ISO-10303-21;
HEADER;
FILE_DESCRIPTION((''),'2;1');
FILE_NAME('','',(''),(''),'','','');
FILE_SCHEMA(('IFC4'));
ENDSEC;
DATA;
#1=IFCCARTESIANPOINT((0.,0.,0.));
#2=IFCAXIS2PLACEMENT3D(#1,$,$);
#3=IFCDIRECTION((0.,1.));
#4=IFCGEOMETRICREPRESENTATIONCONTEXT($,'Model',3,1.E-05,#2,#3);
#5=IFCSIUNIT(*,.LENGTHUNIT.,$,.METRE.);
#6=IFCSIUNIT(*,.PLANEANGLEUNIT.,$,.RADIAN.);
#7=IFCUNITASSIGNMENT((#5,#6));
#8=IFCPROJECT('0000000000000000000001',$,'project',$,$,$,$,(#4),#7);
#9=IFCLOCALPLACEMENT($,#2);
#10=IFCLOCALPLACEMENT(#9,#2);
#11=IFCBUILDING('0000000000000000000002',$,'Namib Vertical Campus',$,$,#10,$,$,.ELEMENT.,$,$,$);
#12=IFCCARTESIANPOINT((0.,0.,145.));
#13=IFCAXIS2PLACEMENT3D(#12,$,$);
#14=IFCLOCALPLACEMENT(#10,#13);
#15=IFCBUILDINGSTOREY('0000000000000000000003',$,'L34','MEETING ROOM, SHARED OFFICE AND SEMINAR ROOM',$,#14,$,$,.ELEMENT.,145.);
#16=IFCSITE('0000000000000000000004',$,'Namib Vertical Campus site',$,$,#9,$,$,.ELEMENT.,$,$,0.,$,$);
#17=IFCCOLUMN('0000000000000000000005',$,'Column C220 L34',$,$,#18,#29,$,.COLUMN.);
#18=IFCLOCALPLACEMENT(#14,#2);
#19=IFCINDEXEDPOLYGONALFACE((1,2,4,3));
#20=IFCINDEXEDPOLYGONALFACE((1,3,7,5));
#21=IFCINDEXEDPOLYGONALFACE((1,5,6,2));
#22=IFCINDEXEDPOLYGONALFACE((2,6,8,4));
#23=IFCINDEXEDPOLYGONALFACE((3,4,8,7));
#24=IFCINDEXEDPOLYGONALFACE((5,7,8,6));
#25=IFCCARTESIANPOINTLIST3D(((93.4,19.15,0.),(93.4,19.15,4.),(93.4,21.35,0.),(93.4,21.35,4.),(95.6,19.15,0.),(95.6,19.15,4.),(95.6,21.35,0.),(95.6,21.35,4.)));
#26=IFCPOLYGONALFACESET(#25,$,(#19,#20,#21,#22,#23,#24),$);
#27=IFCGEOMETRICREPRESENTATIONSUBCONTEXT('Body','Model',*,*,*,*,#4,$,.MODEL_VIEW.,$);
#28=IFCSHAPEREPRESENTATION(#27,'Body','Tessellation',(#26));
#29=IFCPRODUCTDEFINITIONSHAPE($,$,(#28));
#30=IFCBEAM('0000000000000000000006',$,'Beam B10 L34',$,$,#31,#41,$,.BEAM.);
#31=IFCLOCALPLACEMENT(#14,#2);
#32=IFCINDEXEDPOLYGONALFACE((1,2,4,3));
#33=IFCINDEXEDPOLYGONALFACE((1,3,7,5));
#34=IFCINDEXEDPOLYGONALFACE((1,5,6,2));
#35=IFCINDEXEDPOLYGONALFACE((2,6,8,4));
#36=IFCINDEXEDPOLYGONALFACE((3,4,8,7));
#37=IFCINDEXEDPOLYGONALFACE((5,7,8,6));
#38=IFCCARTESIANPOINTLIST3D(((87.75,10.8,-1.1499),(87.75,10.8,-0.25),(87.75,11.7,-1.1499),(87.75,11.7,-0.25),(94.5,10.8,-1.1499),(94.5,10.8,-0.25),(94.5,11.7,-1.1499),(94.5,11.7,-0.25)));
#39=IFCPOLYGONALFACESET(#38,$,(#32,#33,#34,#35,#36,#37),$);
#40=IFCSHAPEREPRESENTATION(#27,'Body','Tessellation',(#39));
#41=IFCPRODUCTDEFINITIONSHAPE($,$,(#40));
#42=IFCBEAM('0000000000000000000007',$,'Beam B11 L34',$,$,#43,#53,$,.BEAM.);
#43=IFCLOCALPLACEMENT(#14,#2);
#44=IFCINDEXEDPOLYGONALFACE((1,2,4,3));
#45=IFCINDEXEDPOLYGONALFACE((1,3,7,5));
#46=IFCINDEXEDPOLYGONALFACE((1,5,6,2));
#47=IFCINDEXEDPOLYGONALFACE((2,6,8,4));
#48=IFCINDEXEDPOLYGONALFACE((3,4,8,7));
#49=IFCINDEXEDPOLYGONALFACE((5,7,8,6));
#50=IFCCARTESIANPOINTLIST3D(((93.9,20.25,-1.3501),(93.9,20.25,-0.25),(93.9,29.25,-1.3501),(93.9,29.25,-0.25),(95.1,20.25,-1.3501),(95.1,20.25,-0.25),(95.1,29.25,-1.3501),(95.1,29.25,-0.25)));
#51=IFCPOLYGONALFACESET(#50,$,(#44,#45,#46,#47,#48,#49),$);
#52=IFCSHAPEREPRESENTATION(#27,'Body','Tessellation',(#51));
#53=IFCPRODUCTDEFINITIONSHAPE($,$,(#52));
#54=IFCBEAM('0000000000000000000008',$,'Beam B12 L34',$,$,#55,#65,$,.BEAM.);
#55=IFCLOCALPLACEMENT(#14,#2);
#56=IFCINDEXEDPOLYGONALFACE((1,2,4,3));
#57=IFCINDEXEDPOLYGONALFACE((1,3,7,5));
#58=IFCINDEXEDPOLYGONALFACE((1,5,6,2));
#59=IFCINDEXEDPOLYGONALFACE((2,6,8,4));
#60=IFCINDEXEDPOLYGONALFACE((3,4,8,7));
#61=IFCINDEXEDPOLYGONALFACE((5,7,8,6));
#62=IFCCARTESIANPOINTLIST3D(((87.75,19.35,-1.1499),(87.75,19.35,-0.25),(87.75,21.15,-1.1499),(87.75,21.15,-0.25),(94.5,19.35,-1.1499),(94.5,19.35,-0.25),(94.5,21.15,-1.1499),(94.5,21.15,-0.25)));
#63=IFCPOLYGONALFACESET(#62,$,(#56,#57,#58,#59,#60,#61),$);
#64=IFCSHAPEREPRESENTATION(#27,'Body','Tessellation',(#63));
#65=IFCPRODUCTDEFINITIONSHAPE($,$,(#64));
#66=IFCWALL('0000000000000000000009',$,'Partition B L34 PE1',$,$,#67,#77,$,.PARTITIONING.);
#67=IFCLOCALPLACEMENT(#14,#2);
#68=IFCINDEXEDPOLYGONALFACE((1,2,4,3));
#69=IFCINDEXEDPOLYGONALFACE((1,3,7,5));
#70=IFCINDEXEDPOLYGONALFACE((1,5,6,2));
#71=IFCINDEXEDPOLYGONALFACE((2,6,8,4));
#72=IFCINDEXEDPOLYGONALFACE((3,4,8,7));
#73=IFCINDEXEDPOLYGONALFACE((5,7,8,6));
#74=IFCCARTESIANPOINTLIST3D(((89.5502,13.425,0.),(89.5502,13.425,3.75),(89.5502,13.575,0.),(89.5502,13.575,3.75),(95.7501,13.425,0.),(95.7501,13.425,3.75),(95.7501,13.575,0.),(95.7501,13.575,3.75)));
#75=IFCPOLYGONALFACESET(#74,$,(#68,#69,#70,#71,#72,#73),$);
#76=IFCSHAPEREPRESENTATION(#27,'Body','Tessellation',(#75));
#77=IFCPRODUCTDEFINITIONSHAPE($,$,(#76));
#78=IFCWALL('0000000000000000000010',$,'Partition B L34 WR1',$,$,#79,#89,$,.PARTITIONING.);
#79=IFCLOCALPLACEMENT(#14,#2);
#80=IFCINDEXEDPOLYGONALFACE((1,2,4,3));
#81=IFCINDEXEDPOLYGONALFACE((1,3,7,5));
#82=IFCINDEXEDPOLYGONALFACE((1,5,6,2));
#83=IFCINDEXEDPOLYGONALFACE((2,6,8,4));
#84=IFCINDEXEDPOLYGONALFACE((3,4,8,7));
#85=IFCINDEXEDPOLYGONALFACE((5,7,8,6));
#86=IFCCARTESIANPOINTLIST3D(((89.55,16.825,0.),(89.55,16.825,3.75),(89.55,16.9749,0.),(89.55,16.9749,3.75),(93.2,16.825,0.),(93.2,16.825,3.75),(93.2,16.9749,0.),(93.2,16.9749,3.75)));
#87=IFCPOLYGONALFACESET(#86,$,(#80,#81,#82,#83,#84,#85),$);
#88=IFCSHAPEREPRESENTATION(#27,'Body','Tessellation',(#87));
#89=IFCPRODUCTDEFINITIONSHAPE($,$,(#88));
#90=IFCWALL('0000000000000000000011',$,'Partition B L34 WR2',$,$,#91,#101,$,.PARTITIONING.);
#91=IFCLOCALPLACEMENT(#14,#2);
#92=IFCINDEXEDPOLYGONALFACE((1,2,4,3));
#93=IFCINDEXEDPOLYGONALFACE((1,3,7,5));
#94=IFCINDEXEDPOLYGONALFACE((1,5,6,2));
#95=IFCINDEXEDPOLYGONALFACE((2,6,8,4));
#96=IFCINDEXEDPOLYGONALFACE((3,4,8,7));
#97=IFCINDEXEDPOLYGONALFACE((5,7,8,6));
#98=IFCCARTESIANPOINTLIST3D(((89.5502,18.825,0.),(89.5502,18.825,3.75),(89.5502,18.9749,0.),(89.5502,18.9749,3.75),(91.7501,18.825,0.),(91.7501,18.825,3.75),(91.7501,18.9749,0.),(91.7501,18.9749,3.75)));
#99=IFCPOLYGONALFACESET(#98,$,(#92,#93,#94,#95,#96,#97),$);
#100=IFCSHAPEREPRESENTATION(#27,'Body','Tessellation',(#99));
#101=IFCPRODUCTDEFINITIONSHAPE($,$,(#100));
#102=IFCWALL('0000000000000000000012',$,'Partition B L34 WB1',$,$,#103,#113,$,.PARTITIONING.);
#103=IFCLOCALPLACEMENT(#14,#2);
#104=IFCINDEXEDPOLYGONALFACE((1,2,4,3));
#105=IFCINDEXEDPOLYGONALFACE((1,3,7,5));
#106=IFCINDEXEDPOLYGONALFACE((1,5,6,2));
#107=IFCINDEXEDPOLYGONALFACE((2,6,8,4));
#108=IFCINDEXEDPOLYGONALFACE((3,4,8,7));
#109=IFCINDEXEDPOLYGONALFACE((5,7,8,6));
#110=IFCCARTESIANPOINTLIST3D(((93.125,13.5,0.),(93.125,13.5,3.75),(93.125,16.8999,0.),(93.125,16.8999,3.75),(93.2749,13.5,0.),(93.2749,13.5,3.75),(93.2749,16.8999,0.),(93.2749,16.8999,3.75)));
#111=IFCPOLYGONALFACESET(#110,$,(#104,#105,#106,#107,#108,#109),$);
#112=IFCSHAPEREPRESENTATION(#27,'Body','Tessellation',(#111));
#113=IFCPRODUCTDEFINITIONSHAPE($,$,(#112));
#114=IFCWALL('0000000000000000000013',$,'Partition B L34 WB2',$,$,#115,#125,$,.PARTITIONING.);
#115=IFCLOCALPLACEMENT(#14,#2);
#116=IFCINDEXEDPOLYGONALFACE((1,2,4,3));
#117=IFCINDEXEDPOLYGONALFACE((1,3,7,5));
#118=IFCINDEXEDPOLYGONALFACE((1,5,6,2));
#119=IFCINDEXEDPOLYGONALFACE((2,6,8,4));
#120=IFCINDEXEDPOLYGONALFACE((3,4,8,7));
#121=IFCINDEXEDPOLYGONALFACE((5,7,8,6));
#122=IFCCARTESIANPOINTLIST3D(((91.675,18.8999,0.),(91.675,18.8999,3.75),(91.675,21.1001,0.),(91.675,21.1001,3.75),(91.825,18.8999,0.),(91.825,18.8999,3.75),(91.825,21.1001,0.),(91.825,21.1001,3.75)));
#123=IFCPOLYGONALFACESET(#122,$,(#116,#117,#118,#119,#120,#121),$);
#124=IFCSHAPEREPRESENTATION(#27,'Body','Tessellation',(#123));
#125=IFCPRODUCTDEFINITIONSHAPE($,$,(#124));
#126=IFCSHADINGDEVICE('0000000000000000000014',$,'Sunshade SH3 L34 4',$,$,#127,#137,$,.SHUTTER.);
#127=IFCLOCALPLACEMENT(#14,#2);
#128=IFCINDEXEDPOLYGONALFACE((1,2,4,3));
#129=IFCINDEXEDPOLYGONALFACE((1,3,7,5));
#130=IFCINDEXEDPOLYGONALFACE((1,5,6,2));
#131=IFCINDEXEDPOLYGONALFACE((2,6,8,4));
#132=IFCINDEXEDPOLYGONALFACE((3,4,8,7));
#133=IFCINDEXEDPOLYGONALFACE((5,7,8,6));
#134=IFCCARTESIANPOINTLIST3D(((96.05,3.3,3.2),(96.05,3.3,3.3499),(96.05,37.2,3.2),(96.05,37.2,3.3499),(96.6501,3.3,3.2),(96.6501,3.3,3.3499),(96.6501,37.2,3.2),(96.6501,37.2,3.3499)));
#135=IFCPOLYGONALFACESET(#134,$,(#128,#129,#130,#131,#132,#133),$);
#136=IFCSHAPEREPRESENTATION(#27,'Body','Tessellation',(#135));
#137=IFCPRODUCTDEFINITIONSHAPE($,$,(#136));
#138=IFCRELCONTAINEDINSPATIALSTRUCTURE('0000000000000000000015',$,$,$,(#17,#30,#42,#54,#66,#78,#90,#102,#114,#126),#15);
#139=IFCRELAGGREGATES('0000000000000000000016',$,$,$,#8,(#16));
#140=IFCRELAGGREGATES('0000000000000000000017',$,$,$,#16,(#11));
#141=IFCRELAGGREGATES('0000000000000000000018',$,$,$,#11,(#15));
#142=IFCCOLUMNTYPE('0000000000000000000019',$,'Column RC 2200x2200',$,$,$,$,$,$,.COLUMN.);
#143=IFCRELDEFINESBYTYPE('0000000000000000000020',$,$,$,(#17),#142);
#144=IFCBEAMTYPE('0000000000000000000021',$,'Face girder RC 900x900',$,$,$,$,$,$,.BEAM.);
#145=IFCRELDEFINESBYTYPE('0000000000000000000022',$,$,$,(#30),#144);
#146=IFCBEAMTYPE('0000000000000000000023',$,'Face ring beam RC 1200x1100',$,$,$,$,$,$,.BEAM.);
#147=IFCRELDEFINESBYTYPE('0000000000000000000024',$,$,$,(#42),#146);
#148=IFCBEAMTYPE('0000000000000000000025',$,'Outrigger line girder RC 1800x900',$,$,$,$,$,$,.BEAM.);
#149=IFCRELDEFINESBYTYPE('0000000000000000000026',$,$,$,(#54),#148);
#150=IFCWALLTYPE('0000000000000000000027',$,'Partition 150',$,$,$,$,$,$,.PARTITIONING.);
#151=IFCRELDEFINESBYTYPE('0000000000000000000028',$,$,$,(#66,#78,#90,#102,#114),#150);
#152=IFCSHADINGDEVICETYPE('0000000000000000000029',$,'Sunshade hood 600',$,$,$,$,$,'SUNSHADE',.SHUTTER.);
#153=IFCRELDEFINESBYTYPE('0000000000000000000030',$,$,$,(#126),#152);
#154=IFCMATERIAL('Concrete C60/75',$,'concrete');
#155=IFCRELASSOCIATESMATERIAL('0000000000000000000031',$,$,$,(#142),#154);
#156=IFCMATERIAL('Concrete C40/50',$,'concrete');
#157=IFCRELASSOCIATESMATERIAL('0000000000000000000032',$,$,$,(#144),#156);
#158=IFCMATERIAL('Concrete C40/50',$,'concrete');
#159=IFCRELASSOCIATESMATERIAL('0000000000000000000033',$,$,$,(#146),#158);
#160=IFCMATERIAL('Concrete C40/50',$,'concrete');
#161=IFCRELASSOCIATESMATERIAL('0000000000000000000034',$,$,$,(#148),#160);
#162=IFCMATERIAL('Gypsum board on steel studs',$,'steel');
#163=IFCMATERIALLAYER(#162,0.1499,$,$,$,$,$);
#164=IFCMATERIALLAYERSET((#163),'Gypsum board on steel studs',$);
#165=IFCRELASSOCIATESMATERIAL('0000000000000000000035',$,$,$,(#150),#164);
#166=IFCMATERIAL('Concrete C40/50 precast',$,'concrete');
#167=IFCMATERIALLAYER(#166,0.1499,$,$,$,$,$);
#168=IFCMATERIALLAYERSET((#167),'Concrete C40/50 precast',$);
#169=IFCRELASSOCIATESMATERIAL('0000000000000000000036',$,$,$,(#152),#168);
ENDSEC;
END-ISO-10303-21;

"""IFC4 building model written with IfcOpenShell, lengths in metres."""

from ifc_helpers import new_model, si_unit, direction, frame, frame_2d, origin, origin_2d, place, context, subcontext, project, spatial, rectangle, extrude, material, layer, layer_set, material_profile, profile_set, type_object, element, save


model = new_model("IFC4")

# Units and contexts
model_context = context("Model", 3, precision=1e-05, world=origin(), true_north=direction((0.0, 1.0)))
body_context = subcontext(model_context, "Body", "Model", "MODEL_VIEW")
ifc_project = project(units=[si_unit("LENGTHUNIT", "METRE"), si_unit("PLANEANGLEUNIT", "RADIAN")], contexts=[model_context])

# Site, building, storey
site_placement = place(None, origin())
site = spatial("IfcSite", under=ifc_project, at=site_placement, Name="Namib Vertical Campus site", CompositionType="ELEMENT", RefElevation=0.0)
building_placement = place(site_placement, origin())
building = spatial("IfcBuilding", under=site, at=building_placement, Name="Namib Vertical Campus", CompositionType="ELEMENT")
storey_placement = place(building_placement, frame((0.0, 0.0, 145.0)))
storey = spatial("IfcBuildingStorey", under=building, at=storey_placement, Name="L34", Description="MEETING ROOM, SHARED OFFICE AND SEMINAR ROOM", CompositionType="ELEMENT", Elevation=145.0)

# Column
ifc_material_1 = material(Name="Concrete C60/75", Category="concrete")
ifc_material_profile_1 = material_profile(ifc_material_1, rectangle(XDim=2.2, YDim=2.2, at=origin_2d()))
ifc_profile_set_1 = profile_set([ifc_material_profile_1], Name="Concrete C60/75")
column_type = type_object("IfcColumnType", Name="Column RC 2200x2200", PredefinedType="COLUMN", material=ifc_profile_set_1)
column_placement = place(storey_placement, frame((94.5, 20.25, 0.0), z_axis=(0.0, 0.0, 1.0), x_axis=(1.0, 0.0, 0.0)))
element("IfcColumn", 1, at=column_placement, inside=storey, type_object=column_type, Name="Column C220 L34", PredefinedType="COLUMN", context=body_context, shape_type="SweptSolid", body=[
    extrude(rectangle(XDim=2.2, YDim=2.2, at=origin_2d()), origin(), (0.0, 0.0, 1.0), 4.0),
])

# Beams
ifc_material_2 = material(Name="Concrete C40/50", Category="concrete")
ifc_material_profile_2 = material_profile(ifc_material_2, rectangle(XDim=0.8999, YDim=0.8999, at=origin_2d()))
ifc_profile_set_2 = profile_set([ifc_material_profile_2], Name="Concrete C40/50")
beam_type_1 = type_object("IfcBeamType", Name="Face girder RC 900x900", PredefinedType="BEAM", material=ifc_profile_set_2)
beam_1_placement = place(storey_placement, frame((94.5, 11.25, -0.7), z_axis=(-1.0, 0.0, 0.0), x_axis=(0.0, -1.0, 0.0)))
element("IfcBeam", 2, at=beam_1_placement, inside=storey, type_object=beam_type_1, Name="Beam B10 L34", PredefinedType="BEAM", context=body_context, shape_type="SweptSolid", body=[
    extrude(rectangle(XDim=0.8999, YDim=0.8999, at=origin_2d()), origin(), (0.0, 0.0, 1.0), 6.75),
])
ifc_material_3 = material(Name="Concrete C40/50", Category="concrete")
ifc_material_profile_3 = material_profile(ifc_material_3, rectangle(XDim=1.2, YDim=1.1001, at=origin_2d()))
ifc_profile_set_3 = profile_set([ifc_material_profile_3], Name="Concrete C40/50")
beam_type_2 = type_object("IfcBeamType", Name="Face ring beam RC 1200x1100", PredefinedType="BEAM", material=ifc_profile_set_3)
beam_2_placement = place(storey_placement, frame((94.5, 20.25, -0.8), z_axis=(0.0, 1.0, 0.0), x_axis=(-1.0, 0.0, 0.0)))
element("IfcBeam", 3, at=beam_2_placement, inside=storey, type_object=beam_type_2, Name="Beam B11 L34", PredefinedType="BEAM", context=body_context, shape_type="SweptSolid", body=[
    extrude(rectangle(XDim=1.2, YDim=1.1001, at=origin_2d()), origin(), (0.0, 0.0, 1.0), 9.0),
])
ifc_material_4 = material(Name="Concrete C40/50", Category="concrete")
ifc_material_profile_4 = material_profile(ifc_material_4, rectangle(XDim=1.8, YDim=0.8999, at=origin_2d()))
ifc_profile_set_4 = profile_set([ifc_material_profile_4], Name="Concrete C40/50")
beam_type_3 = type_object("IfcBeamType", Name="Outrigger line girder RC 1800x900", PredefinedType="BEAM", material=ifc_profile_set_4)
beam_3_placement = place(storey_placement, frame((94.5, 20.25, -0.7), z_axis=(-1.0, 0.0, 0.0), x_axis=(0.0, -1.0, 0.0)))
element("IfcBeam", 4, at=beam_3_placement, inside=storey, type_object=beam_type_3, Name="Beam B12 L34", PredefinedType="BEAM", context=body_context, shape_type="SweptSolid", body=[
    extrude(rectangle(XDim=1.8, YDim=0.8999, at=origin_2d()), origin(), (0.0, 0.0, 1.0), 6.75),
])

# Walls
ifc_material_5 = material(Name="Gypsum board on steel studs", Category="steel")
ifc_layer_1 = layer(ifc_material_5, 0.1499)
ifc_layer_set_1 = layer_set([ifc_layer_1], Name="Gypsum board on steel studs")
wall_type = type_object("IfcWallType", Name="Partition 150", PredefinedType="PARTITIONING", material=ifc_layer_set_1)
wall_1_placement = place(storey_placement, frame((89.55, 13.5, 0.0), z_axis=(0.0, 0.0, 1.0), x_axis=(1.0, 0.0, 0.0)))
element("IfcWall", 5, at=wall_1_placement, inside=storey, type_object=wall_type, Name="Partition B L34 PE1", PredefinedType="PARTITIONING", context=body_context, shape_type="SweptSolid", body=[
    extrude(rectangle(XDim=6.2, YDim=0.1499, at=frame_2d((3.1001, 0.0))), origin(), (0.0, 0.0, 1.0), 3.75),
])
wall_2_placement = place(storey_placement, frame((89.55, 16.8999, 0.0), z_axis=(0.0, 0.0, 1.0), x_axis=(1.0, 0.0, 0.0)))
element("IfcWall", 6, at=wall_2_placement, inside=storey, type_object=wall_type, Name="Partition B L34 WR1", PredefinedType="PARTITIONING", context=body_context, shape_type="SweptSolid", body=[
    extrude(rectangle(XDim=3.6499, YDim=0.1499, at=frame_2d((1.825, 0.0))), origin(), (0.0, 0.0, 1.0), 3.75),
])
wall_3_placement = place(storey_placement, frame((89.55, 18.8999, 0.0), z_axis=(0.0, 0.0, 1.0), x_axis=(1.0, 0.0, 0.0)))
element("IfcWall", 7, at=wall_3_placement, inside=storey, type_object=wall_type, Name="Partition B L34 WR2", PredefinedType="PARTITIONING", context=body_context, shape_type="SweptSolid", body=[
    extrude(rectangle(XDim=2.2, YDim=0.1499, at=frame_2d((1.1001, 0.0))), origin(), (0.0, 0.0, 1.0), 3.75),
])
wall_4_placement = place(storey_placement, frame((93.2, 13.5, 0.0), z_axis=(0.0, 0.0, 1.0), x_axis=(0.0, 1.0, 0.0)))
element("IfcWall", 8, at=wall_4_placement, inside=storey, type_object=wall_type, Name="Partition B L34 WB1", PredefinedType="PARTITIONING", context=body_context, shape_type="SweptSolid", body=[
    extrude(rectangle(XDim=3.3999, YDim=0.1499, at=frame_2d((1.7, 0.0))), origin(), (0.0, 0.0, 1.0), 3.75),
])
wall_5_placement = place(storey_placement, frame((91.75, 18.8999, 0.0), z_axis=(0.0, 0.0, 1.0), x_axis=(0.0, 1.0, 0.0)))
element("IfcWall", 9, at=wall_5_placement, inside=storey, type_object=wall_type, Name="Partition B L34 WB2", PredefinedType="PARTITIONING", context=body_context, shape_type="SweptSolid", body=[
    extrude(rectangle(XDim=2.2002, YDim=0.1499, at=frame_2d((1.1001, 0.0))), origin(), (0.0, 0.0, 1.0), 3.75),
])

# Shading device
ifc_material_6 = material(Name="Concrete C40/50 precast", Category="concrete")
ifc_layer_2 = layer(ifc_material_6, 0.1499)
ifc_layer_set_2 = layer_set([ifc_layer_2], Name="Concrete C40/50 precast")
shading_device_type = type_object("IfcShadingDeviceType", Name="Sunshade hood 600", ElementType="SUNSHADE", PredefinedType="SHUTTER", material=ifc_layer_set_2)
shading_device_placement = place(storey_placement, frame((96.3501, 20.25, 3.2), z_axis=(0.0, 0.0, 1.0), x_axis=(0.0, 1.0, 0.0)))
element("IfcShadingDevice", 10, at=shading_device_placement, inside=storey, type_object=shading_device_type, Name="Sunshade SH3 L34 4", PredefinedType="SHUTTER", context=body_context, shape_type="SweptSolid", body=[
    extrude(rectangle(XDim=33.8999, YDim=0.6001, at=origin_2d()), origin(), (0.0, 0.0, 1.0), 0.1499),
])

save(model, "model.ifc")
